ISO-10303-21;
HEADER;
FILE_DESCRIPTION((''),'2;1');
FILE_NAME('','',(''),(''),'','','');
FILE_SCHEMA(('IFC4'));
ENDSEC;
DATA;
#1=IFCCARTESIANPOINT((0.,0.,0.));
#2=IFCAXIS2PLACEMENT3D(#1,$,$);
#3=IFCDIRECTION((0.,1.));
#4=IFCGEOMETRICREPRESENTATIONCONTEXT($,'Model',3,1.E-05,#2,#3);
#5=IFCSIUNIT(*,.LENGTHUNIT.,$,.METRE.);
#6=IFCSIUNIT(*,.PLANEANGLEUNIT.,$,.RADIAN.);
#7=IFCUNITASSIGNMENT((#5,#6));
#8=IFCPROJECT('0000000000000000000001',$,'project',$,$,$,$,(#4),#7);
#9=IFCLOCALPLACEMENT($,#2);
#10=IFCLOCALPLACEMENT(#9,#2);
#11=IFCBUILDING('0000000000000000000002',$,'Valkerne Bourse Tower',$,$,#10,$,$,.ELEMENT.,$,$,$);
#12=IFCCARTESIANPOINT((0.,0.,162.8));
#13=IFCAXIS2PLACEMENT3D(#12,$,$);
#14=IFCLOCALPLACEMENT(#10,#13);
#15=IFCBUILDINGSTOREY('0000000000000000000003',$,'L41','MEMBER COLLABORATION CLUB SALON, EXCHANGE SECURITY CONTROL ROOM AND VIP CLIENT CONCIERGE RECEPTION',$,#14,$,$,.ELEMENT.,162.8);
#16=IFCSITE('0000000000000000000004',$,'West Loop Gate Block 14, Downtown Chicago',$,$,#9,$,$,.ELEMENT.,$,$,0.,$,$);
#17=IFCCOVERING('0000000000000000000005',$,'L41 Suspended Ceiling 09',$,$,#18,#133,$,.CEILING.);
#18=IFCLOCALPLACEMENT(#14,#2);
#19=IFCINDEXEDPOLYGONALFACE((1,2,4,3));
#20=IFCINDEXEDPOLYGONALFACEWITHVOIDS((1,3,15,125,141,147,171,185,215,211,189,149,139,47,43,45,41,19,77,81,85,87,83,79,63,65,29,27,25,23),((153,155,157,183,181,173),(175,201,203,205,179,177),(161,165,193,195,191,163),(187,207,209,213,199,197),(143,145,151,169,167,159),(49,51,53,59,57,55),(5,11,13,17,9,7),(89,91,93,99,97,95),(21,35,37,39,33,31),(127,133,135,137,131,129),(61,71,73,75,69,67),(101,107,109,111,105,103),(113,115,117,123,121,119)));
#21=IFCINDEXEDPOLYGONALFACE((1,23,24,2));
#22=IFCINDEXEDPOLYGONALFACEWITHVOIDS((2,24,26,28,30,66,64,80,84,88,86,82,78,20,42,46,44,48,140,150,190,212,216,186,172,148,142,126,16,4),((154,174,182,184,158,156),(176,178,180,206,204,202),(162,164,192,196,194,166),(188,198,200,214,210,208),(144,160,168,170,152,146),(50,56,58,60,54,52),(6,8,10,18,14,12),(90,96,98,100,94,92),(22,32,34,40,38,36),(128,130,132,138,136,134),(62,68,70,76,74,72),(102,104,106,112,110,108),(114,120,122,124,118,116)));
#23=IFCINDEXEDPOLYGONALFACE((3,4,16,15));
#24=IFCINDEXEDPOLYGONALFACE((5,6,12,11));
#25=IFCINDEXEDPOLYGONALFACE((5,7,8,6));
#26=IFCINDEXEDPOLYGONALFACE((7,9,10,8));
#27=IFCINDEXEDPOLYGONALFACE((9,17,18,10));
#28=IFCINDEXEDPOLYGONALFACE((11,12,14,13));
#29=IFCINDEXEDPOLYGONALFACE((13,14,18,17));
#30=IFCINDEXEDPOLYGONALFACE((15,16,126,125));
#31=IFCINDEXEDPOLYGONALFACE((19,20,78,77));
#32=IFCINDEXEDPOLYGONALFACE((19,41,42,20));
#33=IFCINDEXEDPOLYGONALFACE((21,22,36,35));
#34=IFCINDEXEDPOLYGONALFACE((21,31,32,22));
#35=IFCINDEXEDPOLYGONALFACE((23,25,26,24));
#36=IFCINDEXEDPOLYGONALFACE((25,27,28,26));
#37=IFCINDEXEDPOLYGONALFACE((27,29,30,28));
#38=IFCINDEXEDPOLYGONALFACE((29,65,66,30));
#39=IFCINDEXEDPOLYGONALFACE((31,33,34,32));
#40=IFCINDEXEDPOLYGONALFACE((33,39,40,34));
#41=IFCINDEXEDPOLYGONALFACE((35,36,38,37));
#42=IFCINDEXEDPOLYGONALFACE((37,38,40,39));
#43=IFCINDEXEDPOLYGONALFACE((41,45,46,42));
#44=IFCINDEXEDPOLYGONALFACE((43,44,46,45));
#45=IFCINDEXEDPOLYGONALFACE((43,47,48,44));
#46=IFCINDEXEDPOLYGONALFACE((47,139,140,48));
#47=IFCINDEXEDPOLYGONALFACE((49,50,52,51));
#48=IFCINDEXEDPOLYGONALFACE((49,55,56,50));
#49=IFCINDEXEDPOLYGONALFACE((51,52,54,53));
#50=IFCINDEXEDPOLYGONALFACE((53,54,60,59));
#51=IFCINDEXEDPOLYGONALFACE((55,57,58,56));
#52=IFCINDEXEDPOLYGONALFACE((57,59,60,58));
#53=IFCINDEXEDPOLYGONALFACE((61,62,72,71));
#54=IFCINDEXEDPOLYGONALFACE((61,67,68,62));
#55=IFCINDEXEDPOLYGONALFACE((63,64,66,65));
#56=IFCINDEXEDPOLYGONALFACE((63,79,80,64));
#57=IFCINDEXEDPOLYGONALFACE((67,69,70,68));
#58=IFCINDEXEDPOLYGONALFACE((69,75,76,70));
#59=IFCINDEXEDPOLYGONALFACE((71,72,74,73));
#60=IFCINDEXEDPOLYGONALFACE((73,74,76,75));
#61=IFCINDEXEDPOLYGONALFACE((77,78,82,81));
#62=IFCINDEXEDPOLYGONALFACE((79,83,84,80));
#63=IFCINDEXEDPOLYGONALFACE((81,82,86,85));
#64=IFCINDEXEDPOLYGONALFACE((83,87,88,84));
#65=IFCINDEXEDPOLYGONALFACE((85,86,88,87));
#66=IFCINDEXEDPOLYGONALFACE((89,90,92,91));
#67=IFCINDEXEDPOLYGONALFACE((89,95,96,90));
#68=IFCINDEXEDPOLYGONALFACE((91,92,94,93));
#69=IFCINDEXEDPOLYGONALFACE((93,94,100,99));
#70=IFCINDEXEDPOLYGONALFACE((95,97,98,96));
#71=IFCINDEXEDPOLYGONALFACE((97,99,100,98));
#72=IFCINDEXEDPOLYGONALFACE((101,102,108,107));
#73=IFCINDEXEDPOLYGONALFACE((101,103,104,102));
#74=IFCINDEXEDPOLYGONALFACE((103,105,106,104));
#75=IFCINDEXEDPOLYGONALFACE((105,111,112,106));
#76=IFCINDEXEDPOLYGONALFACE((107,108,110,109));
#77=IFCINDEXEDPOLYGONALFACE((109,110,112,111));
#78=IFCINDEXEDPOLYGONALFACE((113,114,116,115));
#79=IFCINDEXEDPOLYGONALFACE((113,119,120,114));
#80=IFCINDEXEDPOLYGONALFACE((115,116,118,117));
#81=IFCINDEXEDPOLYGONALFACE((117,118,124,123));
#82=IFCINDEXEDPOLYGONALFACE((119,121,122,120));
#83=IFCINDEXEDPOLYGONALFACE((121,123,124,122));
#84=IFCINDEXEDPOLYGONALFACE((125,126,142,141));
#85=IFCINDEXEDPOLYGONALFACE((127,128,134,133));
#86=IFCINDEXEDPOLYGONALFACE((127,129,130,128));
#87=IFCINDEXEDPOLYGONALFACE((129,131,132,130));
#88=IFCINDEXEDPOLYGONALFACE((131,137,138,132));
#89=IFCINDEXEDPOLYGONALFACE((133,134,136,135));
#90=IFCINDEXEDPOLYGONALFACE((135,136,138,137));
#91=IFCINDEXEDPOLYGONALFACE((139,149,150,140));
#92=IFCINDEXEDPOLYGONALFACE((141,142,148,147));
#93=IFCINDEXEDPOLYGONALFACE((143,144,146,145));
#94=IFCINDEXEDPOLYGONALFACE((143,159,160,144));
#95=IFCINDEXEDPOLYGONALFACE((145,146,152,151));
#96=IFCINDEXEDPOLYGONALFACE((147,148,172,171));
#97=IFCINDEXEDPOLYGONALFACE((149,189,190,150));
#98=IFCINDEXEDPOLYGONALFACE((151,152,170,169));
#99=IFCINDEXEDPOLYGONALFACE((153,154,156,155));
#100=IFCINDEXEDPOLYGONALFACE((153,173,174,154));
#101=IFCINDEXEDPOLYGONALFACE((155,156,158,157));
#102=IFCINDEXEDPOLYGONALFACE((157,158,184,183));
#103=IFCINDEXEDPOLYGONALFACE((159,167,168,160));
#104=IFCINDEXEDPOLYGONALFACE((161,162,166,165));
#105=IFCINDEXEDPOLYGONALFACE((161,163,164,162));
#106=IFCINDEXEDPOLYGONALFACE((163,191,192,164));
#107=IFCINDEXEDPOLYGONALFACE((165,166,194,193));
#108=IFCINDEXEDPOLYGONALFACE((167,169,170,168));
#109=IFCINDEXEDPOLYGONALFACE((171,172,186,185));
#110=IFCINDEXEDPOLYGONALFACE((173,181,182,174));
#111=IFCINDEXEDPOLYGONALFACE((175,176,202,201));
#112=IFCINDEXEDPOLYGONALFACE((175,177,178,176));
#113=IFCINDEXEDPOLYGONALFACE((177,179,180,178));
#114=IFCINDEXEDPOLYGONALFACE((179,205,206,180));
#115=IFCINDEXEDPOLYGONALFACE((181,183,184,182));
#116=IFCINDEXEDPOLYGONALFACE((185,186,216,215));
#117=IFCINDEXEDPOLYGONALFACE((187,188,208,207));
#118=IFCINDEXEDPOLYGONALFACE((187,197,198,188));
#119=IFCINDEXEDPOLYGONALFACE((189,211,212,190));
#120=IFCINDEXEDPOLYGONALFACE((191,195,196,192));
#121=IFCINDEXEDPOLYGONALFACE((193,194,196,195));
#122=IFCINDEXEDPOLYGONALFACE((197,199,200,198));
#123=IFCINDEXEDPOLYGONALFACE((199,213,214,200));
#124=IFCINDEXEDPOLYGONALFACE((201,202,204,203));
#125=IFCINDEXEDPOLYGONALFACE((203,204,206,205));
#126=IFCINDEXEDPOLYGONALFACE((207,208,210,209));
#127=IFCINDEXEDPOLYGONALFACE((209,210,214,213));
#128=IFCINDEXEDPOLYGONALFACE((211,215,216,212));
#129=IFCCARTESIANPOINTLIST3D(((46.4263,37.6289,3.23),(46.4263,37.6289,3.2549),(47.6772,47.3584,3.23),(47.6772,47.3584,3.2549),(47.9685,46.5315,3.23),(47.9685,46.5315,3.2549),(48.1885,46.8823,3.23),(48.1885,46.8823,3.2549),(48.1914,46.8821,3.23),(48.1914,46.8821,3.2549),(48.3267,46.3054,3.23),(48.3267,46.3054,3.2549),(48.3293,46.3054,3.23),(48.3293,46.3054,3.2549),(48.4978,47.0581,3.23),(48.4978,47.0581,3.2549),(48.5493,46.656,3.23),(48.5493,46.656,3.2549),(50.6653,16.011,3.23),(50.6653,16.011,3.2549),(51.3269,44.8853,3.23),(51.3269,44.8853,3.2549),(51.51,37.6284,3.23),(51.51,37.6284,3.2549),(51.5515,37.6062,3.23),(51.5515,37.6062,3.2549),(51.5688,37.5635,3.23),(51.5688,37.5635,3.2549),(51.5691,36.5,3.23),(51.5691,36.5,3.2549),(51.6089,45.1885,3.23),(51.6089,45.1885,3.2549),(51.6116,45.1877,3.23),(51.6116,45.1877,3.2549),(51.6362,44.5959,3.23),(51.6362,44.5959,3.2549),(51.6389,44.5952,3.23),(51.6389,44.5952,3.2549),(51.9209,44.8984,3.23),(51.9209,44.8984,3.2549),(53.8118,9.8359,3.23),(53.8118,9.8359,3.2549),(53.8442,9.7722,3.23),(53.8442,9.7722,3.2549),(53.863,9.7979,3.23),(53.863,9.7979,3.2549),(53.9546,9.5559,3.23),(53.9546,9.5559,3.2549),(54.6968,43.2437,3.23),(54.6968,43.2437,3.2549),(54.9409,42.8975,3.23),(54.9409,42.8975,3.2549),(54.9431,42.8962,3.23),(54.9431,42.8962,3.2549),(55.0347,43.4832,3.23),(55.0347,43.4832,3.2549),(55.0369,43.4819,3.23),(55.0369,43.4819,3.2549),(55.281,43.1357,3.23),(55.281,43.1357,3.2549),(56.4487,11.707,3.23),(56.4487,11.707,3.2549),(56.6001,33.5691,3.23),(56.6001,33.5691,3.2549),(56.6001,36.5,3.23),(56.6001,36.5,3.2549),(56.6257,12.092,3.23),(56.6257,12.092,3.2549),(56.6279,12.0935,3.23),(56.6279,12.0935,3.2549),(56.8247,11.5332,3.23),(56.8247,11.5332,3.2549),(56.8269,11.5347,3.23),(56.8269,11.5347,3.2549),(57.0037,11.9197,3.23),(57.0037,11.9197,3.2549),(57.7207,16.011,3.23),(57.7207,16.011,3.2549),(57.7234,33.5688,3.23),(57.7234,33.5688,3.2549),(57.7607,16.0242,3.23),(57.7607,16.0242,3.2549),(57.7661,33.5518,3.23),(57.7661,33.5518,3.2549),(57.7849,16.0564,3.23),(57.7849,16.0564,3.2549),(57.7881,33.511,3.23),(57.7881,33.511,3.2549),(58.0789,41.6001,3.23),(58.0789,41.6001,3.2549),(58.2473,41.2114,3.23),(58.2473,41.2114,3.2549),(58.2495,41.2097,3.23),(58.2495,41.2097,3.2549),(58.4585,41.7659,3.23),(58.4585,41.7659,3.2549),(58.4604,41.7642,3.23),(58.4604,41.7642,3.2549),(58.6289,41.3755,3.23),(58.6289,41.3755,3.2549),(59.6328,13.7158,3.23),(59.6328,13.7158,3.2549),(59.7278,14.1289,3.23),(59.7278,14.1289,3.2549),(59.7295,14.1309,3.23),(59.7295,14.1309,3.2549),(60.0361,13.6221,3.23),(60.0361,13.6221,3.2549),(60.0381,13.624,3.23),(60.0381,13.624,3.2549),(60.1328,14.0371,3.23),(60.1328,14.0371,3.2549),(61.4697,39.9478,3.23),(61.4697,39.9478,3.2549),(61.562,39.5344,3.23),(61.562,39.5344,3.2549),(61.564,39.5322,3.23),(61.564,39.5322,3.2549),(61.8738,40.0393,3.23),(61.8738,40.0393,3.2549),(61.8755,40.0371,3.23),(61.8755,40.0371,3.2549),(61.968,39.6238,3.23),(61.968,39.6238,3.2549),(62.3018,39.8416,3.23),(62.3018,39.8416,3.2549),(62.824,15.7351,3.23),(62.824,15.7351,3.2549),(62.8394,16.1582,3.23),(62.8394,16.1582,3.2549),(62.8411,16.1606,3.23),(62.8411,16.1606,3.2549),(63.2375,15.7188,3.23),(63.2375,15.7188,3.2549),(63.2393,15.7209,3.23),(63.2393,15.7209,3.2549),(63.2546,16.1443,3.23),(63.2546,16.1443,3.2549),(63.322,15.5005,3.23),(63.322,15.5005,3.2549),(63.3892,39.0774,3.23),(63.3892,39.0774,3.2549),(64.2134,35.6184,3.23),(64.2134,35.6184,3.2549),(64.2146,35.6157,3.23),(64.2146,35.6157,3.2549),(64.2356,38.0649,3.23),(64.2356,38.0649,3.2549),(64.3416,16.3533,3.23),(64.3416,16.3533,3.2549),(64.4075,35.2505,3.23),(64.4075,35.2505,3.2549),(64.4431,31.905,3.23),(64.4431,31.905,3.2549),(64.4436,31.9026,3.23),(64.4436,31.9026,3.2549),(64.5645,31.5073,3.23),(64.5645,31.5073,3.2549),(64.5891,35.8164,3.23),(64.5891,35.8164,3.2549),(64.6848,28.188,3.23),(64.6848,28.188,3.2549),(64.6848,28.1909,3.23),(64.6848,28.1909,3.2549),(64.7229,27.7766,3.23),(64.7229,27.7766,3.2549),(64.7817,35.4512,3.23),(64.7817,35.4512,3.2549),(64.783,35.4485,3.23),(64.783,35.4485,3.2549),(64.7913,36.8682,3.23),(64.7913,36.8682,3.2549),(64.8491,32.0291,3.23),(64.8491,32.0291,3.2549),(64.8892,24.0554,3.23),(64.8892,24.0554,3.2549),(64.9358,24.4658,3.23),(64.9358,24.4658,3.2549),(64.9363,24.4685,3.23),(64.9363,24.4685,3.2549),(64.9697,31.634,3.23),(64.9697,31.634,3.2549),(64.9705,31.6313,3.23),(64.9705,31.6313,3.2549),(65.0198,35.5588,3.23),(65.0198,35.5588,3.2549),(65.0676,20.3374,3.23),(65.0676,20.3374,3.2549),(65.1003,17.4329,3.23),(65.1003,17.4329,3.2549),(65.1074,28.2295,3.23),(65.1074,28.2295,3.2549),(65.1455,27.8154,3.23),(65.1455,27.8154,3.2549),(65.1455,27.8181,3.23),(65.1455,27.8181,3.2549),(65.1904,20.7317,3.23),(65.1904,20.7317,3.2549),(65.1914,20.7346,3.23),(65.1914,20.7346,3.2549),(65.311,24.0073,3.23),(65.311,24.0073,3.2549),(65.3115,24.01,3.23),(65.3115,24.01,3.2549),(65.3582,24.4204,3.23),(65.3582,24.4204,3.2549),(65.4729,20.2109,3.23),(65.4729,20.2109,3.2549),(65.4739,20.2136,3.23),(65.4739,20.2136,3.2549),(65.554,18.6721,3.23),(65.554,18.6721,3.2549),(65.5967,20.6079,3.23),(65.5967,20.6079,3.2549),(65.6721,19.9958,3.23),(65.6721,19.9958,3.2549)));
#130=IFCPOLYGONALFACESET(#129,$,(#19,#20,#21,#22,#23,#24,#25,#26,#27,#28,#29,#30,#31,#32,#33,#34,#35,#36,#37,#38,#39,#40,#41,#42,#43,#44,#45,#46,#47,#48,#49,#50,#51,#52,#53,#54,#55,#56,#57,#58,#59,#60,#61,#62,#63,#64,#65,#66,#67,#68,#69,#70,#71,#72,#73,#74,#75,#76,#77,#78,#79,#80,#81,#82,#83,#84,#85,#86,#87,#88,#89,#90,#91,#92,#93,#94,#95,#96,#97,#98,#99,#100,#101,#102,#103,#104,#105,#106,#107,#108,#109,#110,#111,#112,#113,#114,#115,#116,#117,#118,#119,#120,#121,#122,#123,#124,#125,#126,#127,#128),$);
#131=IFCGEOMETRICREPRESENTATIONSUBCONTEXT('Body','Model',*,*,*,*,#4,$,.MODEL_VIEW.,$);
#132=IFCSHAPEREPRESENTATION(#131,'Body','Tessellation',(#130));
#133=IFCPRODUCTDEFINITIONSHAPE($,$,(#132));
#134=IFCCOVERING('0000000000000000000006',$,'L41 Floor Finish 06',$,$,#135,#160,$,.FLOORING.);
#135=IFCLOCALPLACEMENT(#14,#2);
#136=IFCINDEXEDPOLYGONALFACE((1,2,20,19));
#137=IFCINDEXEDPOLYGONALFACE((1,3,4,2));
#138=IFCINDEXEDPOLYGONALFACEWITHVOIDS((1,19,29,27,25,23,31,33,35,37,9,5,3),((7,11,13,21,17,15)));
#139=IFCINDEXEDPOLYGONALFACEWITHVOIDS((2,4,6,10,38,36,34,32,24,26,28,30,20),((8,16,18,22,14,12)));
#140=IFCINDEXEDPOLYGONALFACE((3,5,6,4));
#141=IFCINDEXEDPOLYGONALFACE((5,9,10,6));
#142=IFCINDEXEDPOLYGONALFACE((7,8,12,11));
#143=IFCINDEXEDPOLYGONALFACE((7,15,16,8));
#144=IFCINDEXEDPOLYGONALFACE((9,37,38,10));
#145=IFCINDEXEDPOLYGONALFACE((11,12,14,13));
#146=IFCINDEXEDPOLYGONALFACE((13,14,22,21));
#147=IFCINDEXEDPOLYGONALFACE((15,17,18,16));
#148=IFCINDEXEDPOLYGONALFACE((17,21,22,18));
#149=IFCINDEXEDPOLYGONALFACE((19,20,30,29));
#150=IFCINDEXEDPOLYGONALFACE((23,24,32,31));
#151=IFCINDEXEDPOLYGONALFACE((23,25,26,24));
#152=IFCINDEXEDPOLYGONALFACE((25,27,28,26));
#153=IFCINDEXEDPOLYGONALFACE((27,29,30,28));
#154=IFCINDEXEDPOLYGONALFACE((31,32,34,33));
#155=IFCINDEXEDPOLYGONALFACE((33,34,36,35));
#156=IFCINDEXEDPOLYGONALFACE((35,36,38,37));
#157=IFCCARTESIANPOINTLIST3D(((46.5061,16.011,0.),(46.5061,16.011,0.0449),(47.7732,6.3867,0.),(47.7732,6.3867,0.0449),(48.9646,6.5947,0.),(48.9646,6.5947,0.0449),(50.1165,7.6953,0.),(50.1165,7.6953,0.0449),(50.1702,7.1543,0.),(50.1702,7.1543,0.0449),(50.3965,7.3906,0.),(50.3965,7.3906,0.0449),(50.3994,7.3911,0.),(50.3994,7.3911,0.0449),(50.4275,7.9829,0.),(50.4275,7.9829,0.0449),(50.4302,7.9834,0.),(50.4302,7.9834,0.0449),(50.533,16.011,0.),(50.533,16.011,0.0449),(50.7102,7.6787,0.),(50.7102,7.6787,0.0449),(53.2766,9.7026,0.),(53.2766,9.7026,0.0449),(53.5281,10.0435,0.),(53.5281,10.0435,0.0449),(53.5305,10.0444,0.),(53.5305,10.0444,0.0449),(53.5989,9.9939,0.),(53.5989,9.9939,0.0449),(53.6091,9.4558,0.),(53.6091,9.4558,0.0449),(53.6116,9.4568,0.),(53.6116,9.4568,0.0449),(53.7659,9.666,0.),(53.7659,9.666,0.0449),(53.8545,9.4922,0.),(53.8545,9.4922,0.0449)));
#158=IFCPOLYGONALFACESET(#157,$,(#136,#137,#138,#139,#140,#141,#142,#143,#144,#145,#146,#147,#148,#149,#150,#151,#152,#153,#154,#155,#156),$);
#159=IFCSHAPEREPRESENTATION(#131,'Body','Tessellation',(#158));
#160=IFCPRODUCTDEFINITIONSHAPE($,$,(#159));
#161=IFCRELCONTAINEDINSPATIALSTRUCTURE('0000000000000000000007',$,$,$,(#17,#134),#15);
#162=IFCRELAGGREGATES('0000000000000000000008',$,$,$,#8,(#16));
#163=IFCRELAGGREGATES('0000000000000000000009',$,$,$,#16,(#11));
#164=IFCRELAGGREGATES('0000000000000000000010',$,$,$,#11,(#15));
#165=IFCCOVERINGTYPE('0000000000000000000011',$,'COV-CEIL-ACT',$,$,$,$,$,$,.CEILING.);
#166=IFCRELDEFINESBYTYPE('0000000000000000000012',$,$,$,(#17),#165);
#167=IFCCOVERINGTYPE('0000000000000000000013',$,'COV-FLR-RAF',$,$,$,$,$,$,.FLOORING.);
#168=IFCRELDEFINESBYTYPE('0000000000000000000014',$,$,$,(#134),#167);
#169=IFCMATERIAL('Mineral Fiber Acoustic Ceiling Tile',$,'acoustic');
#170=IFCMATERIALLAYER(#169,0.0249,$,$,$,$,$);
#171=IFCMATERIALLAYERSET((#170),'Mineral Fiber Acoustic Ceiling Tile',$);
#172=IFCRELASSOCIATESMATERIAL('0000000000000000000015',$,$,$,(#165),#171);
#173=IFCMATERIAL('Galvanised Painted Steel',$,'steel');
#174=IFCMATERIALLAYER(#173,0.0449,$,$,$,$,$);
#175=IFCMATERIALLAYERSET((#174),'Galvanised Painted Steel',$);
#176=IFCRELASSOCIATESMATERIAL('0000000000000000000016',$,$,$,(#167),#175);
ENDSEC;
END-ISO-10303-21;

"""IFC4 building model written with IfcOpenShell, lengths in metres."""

from ifc_helpers import new_model, si_unit, direction, frame, origin, place, context, subcontext, project, spatial, polyline, outline, extrude, material, layer, layer_set, type_object, element, save


model = new_model("IFC4")

# Units and contexts
model_context = context("Model", 3, precision=1e-05, world=origin(), true_north=direction((0.0, 1.0)))
body_context = subcontext(model_context, "Body", "Model", "MODEL_VIEW")
ifc_project = project(units=[si_unit("LENGTHUNIT", "METRE"), si_unit("PLANEANGLEUNIT", "RADIAN")], contexts=[model_context])

# Site, building, storey
site_placement = place(None, origin())
site = spatial("IfcSite", under=ifc_project, at=site_placement, Name="West Loop Gate Block 14, Downtown Chicago", CompositionType="ELEMENT", RefElevation=0.0)
building_placement = place(site_placement, origin())
building = spatial("IfcBuilding", under=site, at=building_placement, Name="Valkerne Bourse Tower", CompositionType="ELEMENT")
storey_placement = place(building_placement, frame((0.0, 0.0, 162.8)))
storey = spatial("IfcBuildingStorey", under=building, at=storey_placement, Name="L41", Description="MEMBER COLLABORATION CLUB SALON, EXCHANGE SECURITY CONTROL ROOM AND VIP CLIENT CONCIERGE RECEPTION", CompositionType="ELEMENT", Elevation=162.8)

# Coverings
ifc_material_1 = material(Name="Mineral Fiber Acoustic Ceiling Tile", Category="acoustic")
ifc_layer_1 = layer(ifc_material_1, 0.0249)
ifc_layer_set_1 = layer_set([ifc_layer_1], Name="Mineral Fiber Acoustic Ceiling Tile")
covering_type_1 = type_object("IfcCoveringType", Name="COV-CEIL-ACT", PredefinedType="CEILING", material=ifc_layer_set_1)
covering_1_placement = place(storey_placement, frame((0.0, 0.0, 3.23)))
element("IfcCovering", 1, at=covering_1_placement, inside=storey, type_object=covering_type_1, Name="L41 Suspended Ceiling 09", PredefinedType="CEILING", context=body_context, shape_type="SweptSolid", body=[
    extrude(outline(polyline([(64.3416, 16.3533), (63.322, 15.5005), (53.9546, 9.5559), (53.8442, 9.7722), (53.863, 9.7979), (53.8118, 9.8359), (50.6653, 16.011), (57.7207, 16.011), (57.7607, 16.0242), (57.7849, 16.0564), (57.7881, 33.511), (57.7661, 33.5518), (57.7234, 33.5688), (56.6001, 33.5691), (56.6001, 36.5), (51.5691, 36.5), (51.5688, 37.5635), (51.5515, 37.6062), (51.51, 37.6284), (46.4263, 37.6289), (47.6772, 47.3584), (48.4978, 47.0581), (62.3018, 39.8416), (63.3892, 39.0774), (64.2356, 38.0649), (64.7913, 36.8682), (65.0198, 35.5588), (65.6721, 19.9958), (65.554, 18.6721), (65.1003, 17.4329), (64.3416, 16.3533)]), holes=[polyline([(51.6116, 45.1877), (51.6089, 45.1885), (51.3269, 44.8853), (51.6362, 44.5959), (51.6389, 44.5952), (51.9209, 44.8984), (51.6116, 45.1877)]), polyline([(48.1914, 46.8821), (48.1885, 46.8823), (47.9685, 46.5315), (48.3267, 46.3054), (48.3293, 46.3054), (48.5493, 46.656), (48.1914, 46.8821)]), polyline([(56.8269, 11.5347), (57.0037, 11.9197), (56.6279, 12.0935), (56.6257, 12.092), (56.4487, 11.707), (56.8247, 11.5332), (56.8269, 11.5347)]), polyline([(60.0381, 13.624), (60.1328, 14.0371), (59.7295, 14.1309), (59.7278, 14.1289), (59.6328, 13.7158), (60.0361, 13.6221), (60.0381, 13.624)]), polyline([(63.2546, 16.1443), (62.8411, 16.1606), (62.8394, 16.1582), (62.824, 15.7351), (63.2375, 15.7188), (63.2393, 15.7209), (63.2546, 16.1443)]), polyline([(65.5967, 20.6079), (65.1914, 20.7346), (65.1904, 20.7317), (65.0676, 20.3374), (65.4729, 20.2109), (65.4739, 20.2136), (65.5967, 20.6079)]), polyline([(65.3582, 24.4204), (64.9363, 24.4685), (64.9358, 24.4658), (64.8892, 24.0554), (65.311, 24.0073), (65.3115, 24.01), (65.3582, 24.4204)]), polyline([(65.1455, 27.8154), (65.1455, 27.8181), (65.1074, 28.2295), (64.6848, 28.1909), (64.6848, 28.188), (64.7229, 27.7766), (65.1455, 27.8154)]), polyline([(64.9697, 31.634), (64.8491, 32.0291), (64.4431, 31.905), (64.4436, 31.9026), (64.5645, 31.5073), (64.9705, 31.6313), (64.9697, 31.634)]), polyline([(64.783, 35.4485), (64.7817, 35.4512), (64.5891, 35.8164), (64.2134, 35.6184), (64.2146, 35.6157), (64.4075, 35.2505), (64.783, 35.4485)]), polyline([(61.968, 39.6238), (61.8755, 40.0371), (61.8738, 40.0393), (61.4697, 39.9478), (61.562, 39.5344), (61.564, 39.5322), (61.968, 39.6238)]), polyline([(58.4604, 41.7642), (58.4585, 41.7659), (58.0789, 41.6001), (58.2473, 41.2114), (58.2495, 41.2097), (58.6289, 41.3755), (58.4604, 41.7642)]), polyline([(55.281, 43.1357), (55.0369, 43.4819), (55.0347, 43.4832), (54.6968, 43.2437), (54.9409, 42.8975), (54.9431, 42.8962), (55.281, 43.1357)])]), origin(), (0.0, 0.0, 1.0), 0.0249),
])
ifc_material_2 = material(Name="Galvanised Painted Steel", Category="steel")
ifc_layer_2 = layer(ifc_material_2, 0.0449)
ifc_layer_set_2 = layer_set([ifc_layer_2], Name="Galvanised Painted Steel")
covering_type_2 = type_object("IfcCoveringType", Name="COV-FLR-RAF", PredefinedType="FLOORING", material=ifc_layer_set_2)
covering_2_placement = place(storey_placement, origin())
element("IfcCovering", 2, at=covering_2_placement, inside=storey, type_object=covering_type_2, Name="L41 Floor Finish 06", PredefinedType="FLOORING", context=body_context, shape_type="SweptSolid", body=[
    extrude(outline(polyline([(47.7732, 6.3867), (46.5061, 16.011), (50.533, 16.011), (53.5989, 9.9939), (53.5305, 10.0444), (53.5281, 10.0435), (53.2766, 9.7026), (53.6091, 9.4558), (53.6116, 9.4568), (53.7659, 9.666), (53.8545, 9.4922), (50.1702, 7.1543), (48.9646, 6.5947), (47.7732, 6.3867)]), holes=[polyline([(50.7102, 7.6787), (50.4302, 7.9834), (50.4275, 7.9829), (50.1165, 7.6953), (50.3965, 7.3906), (50.3994, 7.3911), (50.7102, 7.6787)])]), origin(), (0.0, 0.0, 1.0), 0.0449),
])

save(model, "model.ifc")
